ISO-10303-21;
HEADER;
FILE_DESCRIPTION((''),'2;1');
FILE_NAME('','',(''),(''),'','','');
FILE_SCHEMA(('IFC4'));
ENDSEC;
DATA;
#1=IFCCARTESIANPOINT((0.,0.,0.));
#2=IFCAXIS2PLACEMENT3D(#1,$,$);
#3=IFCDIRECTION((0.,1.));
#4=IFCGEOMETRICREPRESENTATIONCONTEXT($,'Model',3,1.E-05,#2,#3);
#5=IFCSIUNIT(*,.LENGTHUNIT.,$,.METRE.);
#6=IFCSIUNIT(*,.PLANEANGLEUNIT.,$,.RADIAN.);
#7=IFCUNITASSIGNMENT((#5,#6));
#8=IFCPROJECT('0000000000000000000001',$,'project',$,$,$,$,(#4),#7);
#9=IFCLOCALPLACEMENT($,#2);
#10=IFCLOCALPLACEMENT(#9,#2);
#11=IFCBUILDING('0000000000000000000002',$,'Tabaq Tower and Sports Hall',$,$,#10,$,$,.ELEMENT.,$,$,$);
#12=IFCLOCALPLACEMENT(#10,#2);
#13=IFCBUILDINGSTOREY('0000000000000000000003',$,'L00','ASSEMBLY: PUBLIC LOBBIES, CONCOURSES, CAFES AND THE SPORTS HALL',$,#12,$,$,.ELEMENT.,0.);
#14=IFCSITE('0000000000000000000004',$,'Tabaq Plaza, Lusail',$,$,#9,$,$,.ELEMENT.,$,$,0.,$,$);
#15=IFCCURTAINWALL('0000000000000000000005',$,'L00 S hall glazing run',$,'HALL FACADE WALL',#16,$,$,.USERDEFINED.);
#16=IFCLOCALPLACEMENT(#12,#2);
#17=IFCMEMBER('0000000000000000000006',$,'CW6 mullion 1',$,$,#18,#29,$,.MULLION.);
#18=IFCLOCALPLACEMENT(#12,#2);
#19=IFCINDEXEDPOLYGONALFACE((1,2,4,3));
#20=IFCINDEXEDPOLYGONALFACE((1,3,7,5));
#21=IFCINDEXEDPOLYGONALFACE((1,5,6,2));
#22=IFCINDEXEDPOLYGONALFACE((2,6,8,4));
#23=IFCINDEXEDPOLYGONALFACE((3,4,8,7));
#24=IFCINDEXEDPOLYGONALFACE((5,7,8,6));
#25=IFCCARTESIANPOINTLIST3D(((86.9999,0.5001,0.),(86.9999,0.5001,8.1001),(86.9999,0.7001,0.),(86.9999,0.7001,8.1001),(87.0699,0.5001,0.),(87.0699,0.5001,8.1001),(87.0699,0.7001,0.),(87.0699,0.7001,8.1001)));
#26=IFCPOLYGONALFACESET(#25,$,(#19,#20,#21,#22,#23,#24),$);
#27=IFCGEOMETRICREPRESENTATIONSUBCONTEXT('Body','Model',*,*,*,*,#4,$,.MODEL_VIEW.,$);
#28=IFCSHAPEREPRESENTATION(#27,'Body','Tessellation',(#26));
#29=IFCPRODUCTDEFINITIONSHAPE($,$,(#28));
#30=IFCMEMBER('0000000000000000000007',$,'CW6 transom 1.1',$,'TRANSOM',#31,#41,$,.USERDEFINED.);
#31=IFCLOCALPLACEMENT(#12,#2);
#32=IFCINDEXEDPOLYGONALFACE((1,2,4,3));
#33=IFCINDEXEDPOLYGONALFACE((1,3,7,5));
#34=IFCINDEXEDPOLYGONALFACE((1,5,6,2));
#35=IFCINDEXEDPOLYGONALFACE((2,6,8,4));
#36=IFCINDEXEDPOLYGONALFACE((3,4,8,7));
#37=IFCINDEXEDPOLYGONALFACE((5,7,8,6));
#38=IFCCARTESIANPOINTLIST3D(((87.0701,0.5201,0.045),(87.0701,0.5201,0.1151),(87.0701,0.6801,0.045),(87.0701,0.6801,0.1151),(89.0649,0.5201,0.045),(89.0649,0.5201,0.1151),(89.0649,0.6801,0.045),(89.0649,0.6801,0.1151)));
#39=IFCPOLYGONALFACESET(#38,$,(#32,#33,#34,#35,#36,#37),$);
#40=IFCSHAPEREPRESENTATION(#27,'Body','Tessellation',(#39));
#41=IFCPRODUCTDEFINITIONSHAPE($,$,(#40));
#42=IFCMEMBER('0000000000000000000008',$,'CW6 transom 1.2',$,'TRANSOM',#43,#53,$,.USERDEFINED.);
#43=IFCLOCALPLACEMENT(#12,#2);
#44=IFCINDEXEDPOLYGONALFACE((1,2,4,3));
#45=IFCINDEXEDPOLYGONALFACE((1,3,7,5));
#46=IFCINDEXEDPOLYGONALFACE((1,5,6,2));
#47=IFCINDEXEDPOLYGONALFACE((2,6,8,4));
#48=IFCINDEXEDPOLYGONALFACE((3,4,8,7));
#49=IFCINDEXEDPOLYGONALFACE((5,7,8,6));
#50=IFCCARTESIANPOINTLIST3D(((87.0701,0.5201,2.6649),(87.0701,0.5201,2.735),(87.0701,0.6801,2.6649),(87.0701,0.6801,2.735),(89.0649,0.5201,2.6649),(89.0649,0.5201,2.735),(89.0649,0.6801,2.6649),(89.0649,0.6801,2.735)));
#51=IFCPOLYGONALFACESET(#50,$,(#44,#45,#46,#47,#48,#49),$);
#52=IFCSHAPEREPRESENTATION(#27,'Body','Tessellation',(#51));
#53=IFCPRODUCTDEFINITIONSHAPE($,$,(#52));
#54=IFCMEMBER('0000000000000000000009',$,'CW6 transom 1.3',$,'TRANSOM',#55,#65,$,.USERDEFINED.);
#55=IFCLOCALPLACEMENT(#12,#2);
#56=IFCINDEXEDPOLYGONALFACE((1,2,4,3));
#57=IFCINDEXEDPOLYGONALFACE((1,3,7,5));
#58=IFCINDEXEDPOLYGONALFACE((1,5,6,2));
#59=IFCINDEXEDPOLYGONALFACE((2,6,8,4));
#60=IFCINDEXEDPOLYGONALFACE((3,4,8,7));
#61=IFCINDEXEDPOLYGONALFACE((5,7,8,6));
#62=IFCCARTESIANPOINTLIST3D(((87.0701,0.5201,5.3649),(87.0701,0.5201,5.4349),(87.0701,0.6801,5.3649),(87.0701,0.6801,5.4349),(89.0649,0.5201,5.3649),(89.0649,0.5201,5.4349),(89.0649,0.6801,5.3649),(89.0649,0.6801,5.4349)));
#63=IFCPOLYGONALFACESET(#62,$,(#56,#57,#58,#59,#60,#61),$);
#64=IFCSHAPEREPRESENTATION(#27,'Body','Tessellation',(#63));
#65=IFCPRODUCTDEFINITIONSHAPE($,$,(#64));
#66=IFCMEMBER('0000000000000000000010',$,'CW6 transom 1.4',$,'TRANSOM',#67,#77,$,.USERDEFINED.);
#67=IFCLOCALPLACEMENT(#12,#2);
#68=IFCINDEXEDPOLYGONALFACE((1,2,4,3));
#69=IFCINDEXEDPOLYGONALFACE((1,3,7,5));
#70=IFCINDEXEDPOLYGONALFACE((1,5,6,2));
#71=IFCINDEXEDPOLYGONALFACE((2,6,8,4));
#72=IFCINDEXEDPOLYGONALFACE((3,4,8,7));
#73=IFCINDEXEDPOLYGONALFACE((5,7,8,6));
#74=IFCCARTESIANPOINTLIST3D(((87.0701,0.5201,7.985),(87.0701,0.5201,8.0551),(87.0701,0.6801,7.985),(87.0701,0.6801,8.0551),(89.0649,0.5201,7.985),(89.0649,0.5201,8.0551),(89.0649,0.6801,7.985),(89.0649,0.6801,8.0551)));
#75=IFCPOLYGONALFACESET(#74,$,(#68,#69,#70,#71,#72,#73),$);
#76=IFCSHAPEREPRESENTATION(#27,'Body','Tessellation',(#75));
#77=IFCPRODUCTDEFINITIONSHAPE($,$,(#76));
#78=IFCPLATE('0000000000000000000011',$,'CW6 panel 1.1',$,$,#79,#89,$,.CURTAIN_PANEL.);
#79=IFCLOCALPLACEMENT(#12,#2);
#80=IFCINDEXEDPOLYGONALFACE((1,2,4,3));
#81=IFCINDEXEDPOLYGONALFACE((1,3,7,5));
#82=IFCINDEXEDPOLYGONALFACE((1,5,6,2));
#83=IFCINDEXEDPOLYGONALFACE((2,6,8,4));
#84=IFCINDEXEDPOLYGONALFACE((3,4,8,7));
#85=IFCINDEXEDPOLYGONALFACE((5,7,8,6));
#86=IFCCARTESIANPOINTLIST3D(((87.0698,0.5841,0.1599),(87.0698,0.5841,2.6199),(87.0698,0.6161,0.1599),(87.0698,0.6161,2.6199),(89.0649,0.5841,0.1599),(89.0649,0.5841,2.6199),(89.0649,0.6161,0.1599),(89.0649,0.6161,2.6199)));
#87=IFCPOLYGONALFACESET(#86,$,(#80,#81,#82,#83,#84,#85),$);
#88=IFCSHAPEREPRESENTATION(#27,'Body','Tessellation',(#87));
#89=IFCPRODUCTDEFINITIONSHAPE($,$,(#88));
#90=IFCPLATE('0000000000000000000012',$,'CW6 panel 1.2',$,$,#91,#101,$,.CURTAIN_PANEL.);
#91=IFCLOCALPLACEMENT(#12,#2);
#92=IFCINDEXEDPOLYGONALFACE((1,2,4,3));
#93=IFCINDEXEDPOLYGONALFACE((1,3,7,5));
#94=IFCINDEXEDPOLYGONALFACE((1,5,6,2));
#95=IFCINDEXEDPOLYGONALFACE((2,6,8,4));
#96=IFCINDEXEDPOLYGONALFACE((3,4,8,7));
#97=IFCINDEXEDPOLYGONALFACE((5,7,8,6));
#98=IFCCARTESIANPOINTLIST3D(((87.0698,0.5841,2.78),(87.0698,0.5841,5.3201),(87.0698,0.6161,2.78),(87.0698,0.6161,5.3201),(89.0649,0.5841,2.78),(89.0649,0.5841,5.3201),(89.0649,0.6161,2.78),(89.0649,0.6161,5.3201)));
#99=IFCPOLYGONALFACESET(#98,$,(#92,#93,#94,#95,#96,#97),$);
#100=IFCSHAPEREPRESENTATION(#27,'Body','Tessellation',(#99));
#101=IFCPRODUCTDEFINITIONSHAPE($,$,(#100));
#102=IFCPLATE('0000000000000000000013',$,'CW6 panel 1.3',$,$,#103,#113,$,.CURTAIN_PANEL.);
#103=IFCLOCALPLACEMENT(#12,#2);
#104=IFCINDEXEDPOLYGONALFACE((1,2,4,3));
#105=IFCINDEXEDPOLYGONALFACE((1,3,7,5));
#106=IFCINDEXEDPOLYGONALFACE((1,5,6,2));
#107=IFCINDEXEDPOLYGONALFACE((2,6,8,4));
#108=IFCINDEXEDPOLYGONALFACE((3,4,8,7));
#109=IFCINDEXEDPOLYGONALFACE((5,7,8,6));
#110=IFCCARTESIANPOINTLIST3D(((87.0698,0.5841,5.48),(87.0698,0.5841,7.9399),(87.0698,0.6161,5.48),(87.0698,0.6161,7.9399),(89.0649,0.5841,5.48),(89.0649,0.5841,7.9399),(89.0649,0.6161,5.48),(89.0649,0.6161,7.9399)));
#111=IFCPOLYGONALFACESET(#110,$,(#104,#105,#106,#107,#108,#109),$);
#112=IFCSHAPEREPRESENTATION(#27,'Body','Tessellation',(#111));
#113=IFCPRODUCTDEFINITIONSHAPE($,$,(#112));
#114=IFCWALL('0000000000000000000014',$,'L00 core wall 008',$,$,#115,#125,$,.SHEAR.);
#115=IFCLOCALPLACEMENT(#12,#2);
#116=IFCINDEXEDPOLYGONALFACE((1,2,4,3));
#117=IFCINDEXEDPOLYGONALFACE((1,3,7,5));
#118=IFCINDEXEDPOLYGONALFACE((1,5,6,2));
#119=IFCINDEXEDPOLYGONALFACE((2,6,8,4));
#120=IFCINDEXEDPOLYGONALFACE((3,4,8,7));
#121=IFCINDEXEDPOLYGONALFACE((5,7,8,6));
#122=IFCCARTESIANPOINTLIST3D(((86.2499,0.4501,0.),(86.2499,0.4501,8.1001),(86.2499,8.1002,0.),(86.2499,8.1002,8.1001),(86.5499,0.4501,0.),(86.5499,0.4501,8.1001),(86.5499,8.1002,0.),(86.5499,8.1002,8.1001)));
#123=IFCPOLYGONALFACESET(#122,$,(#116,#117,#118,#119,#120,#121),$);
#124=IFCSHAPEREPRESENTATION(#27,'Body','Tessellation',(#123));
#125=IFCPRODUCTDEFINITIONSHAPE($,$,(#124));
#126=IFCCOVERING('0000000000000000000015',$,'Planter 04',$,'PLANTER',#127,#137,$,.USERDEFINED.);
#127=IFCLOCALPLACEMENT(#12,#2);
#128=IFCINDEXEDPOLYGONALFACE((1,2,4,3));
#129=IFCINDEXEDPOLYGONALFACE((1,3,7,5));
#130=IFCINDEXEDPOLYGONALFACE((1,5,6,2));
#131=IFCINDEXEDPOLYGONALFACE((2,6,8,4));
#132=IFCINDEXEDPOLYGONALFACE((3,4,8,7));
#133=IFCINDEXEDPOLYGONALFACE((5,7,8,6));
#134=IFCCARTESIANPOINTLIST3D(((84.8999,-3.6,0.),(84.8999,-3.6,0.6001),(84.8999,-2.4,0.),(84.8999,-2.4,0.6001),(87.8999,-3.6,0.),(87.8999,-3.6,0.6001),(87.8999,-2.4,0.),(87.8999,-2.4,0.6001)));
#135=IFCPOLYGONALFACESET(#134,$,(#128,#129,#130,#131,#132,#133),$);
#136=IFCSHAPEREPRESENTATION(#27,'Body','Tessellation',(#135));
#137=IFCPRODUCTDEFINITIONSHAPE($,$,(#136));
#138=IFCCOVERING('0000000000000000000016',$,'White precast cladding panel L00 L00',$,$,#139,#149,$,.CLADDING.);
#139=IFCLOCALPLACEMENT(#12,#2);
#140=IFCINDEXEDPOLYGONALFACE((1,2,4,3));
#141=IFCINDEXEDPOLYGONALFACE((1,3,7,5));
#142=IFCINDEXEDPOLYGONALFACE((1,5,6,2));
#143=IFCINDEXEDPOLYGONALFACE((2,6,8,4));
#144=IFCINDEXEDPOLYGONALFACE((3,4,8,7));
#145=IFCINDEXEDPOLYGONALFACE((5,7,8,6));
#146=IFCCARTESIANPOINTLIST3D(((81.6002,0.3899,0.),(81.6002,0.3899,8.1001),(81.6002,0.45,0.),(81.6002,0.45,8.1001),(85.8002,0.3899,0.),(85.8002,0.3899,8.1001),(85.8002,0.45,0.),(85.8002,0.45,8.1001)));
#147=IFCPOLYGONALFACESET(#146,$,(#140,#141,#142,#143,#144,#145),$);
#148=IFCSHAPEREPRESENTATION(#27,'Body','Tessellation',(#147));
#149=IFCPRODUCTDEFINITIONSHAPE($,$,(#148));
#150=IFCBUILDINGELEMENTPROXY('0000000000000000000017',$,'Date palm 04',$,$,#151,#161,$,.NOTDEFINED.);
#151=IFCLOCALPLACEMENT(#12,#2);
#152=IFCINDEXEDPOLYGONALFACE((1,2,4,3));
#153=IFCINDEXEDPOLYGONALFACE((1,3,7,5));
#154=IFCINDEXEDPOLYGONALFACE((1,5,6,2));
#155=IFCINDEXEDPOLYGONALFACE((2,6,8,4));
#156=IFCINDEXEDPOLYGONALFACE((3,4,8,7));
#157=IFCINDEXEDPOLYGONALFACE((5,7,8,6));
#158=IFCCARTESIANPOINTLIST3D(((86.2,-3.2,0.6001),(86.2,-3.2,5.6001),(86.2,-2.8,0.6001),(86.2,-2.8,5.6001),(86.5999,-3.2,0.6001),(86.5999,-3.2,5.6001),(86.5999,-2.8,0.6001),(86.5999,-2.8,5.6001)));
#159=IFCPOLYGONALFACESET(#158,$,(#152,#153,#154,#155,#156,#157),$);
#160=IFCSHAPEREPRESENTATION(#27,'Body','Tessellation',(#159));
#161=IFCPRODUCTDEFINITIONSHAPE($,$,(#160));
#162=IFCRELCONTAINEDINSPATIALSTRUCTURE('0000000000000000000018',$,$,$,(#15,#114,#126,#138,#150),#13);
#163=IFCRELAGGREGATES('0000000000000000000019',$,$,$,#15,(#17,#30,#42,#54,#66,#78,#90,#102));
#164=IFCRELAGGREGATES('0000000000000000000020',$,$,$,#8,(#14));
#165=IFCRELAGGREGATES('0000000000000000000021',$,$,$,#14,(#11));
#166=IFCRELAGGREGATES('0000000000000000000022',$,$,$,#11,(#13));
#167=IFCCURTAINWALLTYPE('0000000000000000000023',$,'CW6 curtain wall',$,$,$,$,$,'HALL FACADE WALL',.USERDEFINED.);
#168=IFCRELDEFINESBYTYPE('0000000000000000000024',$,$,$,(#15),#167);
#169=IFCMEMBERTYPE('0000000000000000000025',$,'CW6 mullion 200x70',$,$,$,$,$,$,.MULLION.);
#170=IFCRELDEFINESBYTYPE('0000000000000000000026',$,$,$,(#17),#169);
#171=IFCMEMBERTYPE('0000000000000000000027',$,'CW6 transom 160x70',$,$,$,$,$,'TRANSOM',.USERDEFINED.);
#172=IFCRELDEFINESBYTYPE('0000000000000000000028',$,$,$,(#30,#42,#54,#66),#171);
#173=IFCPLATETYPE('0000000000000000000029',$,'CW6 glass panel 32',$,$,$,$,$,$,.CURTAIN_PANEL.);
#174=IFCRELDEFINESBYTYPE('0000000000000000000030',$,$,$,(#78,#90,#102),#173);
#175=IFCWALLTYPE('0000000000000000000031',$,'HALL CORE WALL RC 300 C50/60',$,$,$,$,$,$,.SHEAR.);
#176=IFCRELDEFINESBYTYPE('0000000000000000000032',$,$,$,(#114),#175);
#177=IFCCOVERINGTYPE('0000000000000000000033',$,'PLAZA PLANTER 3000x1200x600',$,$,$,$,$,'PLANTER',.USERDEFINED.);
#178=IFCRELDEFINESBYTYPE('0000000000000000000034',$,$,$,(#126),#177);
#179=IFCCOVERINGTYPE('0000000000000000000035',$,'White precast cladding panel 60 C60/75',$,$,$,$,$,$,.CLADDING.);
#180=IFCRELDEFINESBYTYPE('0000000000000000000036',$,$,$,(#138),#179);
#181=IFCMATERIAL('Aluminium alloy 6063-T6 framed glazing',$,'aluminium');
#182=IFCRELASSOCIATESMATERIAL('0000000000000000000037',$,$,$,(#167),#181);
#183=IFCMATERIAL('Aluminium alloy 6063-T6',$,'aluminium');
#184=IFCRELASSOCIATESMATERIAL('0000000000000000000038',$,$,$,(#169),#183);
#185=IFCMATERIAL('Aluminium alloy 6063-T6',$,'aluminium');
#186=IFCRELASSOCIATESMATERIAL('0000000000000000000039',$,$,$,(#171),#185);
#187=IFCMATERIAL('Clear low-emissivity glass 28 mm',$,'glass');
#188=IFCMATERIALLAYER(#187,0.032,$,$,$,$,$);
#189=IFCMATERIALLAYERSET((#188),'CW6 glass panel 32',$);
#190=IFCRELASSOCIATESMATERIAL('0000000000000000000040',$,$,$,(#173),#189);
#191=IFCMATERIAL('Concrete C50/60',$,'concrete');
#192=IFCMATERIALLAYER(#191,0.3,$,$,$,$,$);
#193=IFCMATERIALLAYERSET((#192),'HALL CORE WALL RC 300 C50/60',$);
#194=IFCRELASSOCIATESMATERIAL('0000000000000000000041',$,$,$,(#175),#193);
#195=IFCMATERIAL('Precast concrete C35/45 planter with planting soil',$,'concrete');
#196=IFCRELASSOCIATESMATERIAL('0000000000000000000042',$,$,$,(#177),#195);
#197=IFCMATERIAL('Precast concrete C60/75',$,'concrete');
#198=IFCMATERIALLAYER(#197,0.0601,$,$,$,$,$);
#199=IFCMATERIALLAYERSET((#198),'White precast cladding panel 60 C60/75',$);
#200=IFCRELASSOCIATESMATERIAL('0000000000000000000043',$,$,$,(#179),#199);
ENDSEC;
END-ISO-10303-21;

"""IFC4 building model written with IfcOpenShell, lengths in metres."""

from ifc_helpers import new_model, si_unit, direction, frame, frame_2d, origin, origin_2d, place, context, subcontext, project, spatial, rectangle, extrude, material, layer, layer_set, material_profile, profile_set, type_object, element, aggregate, save


model = new_model("IFC4")

# Units and contexts
model_context = context("Model", 3, precision=1e-05, world=origin(), true_north=direction((0.0, 1.0)))
body_context = subcontext(model_context, "Body", "Model", "MODEL_VIEW")
ifc_project = project(units=[si_unit("LENGTHUNIT", "METRE"), si_unit("PLANEANGLEUNIT", "RADIAN")], contexts=[model_context])

# Site, building, storey
site_placement = place(None, origin())
site = spatial("IfcSite", under=ifc_project, at=site_placement, Name="Tabaq Plaza, Lusail", CompositionType="ELEMENT", RefElevation=0.0)
building_placement = place(site_placement, origin())
building = spatial("IfcBuilding", under=site, at=building_placement, Name="Tabaq Tower and Sports Hall", CompositionType="ELEMENT")
storey_placement = place(building_placement, origin())
storey = spatial("IfcBuildingStorey", under=building, at=storey_placement, Name="L00", Description="ASSEMBLY: PUBLIC LOBBIES, CONCOURSES, CAFES AND THE SPORTS HALL", CompositionType="ELEMENT", Elevation=0.0)

# Curtain wall, members, plates
ifc_material_1 = material(Name="Aluminium alloy 6063-T6 framed glazing", Category="aluminium")
curtain_wall_type = type_object("IfcCurtainWallType", Name="CW6 curtain wall", ElementType="HALL FACADE WALL", PredefinedType="USERDEFINED", material=ifc_material_1)
curtain_wall_placement = place(storey_placement, origin())
curtain_wall = element("IfcCurtainWall", 1, at=curtain_wall_placement, inside=storey, type_object=curtain_wall_type, Name="L00 S hall glazing run", ObjectType="HALL FACADE WALL", PredefinedType="USERDEFINED")
ifc_material_2 = material(Name="Aluminium alloy 6063-T6", Category="aluminium")
ifc_material_profile_1 = material_profile(ifc_material_2, rectangle(XDim=0.2, YDim=0.0701, at=origin_2d()), Name="MULLION 200x70")
ifc_profile_set_1 = profile_set([ifc_material_profile_1], Name="Aluminium alloy 6063-T6")
member_type_1 = type_object("IfcMemberType", Name="CW6 mullion 200x70", PredefinedType="MULLION", material=ifc_profile_set_1)
member_1_placement = place(storey_placement, frame((87.0349, 0.6001, 0.0), z_axis=(0.0, 0.0, 1.0), x_axis=(0.0, 1.0, 0.0)))
member_1 = element("IfcMember", 2, at=member_1_placement, type_object=member_type_1, Name="CW6 mullion 1", PredefinedType="MULLION", context=body_context, shape_type="SweptSolid", body=[
    extrude(rectangle(XDim=0.2, YDim=0.0701, at=origin_2d()), origin(), (0.0, 0.0, 1.0), 8.1001),
])
ifc_material_3 = material(Name="Aluminium alloy 6063-T6", Category="aluminium")
ifc_material_profile_2 = material_profile(ifc_material_3, rectangle(XDim=0.1599, YDim=0.0701, at=origin_2d()), Name="TRANSOM 160x70")
ifc_profile_set_2 = profile_set([ifc_material_profile_2], Name="Aluminium alloy 6063-T6")
member_type_2 = type_object("IfcMemberType", Name="CW6 transom 160x70", ElementType="TRANSOM", PredefinedType="USERDEFINED", material=ifc_profile_set_2)
member_2_placement = place(storey_placement, frame((87.0701, 0.6001, 0.0801), z_axis=(1.0, 0.0, 0.0), x_axis=(0.0, 1.0, 0.0)))
member_2 = element("IfcMember", 3, at=member_2_placement, type_object=member_type_2, Name="CW6 transom 1.1", ObjectType="TRANSOM", PredefinedType="USERDEFINED", context=body_context, shape_type="SweptSolid", body=[
    extrude(rectangle(XDim=0.1599, YDim=0.0701, at=origin_2d()), origin(), (0.0, 0.0, 1.0), 1.9949),
])
member_3_placement = place(storey_placement, frame((87.0701, 0.6001, 2.7), z_axis=(1.0, 0.0, 0.0), x_axis=(0.0, 1.0, 0.0)))
member_3 = element("IfcMember", 4, at=member_3_placement, type_object=member_type_2, Name="CW6 transom 1.2", ObjectType="TRANSOM", PredefinedType="USERDEFINED", context=body_context, shape_type="SweptSolid", body=[
    extrude(rectangle(XDim=0.1599, YDim=0.0701, at=origin_2d()), origin(), (0.0, 0.0, 1.0), 1.9949),
])
member_4_placement = place(storey_placement, frame((87.0701, 0.6001, 5.3999), z_axis=(1.0, 0.0, 0.0), x_axis=(0.0, 1.0, 0.0)))
member_4 = element("IfcMember", 5, at=member_4_placement, type_object=member_type_2, Name="CW6 transom 1.3", ObjectType="TRANSOM", PredefinedType="USERDEFINED", context=body_context, shape_type="SweptSolid", body=[
    extrude(rectangle(XDim=0.1599, YDim=0.0701, at=origin_2d()), origin(), (0.0, 0.0, 1.0), 1.9949),
])
member_5_placement = place(storey_placement, frame((87.0701, 0.6001, 8.02), z_axis=(1.0, 0.0, 0.0), x_axis=(0.0, 1.0, 0.0)))
member_5 = element("IfcMember", 6, at=member_5_placement, type_object=member_type_2, Name="CW6 transom 1.4", ObjectType="TRANSOM", PredefinedType="USERDEFINED", context=body_context, shape_type="SweptSolid", body=[
    extrude(rectangle(XDim=0.1599, YDim=0.0701, at=origin_2d()), origin(), (0.0, 0.0, 1.0), 1.9949),
])
ifc_material_4 = material(Name="Clear low-emissivity glass 28 mm", Category="glass")
ifc_layer_1 = layer(ifc_material_4, 0.032)
ifc_layer_set_1 = layer_set([ifc_layer_1], Name="CW6 glass panel 32")
plate_type = type_object("IfcPlateType", Name="CW6 glass panel 32", PredefinedType="CURTAIN_PANEL", material=ifc_layer_set_1)
plate_1_placement = place(storey_placement, frame((88.0674, 0.6001, 0.1599), z_axis=(0.0, 0.0, 1.0), x_axis=(1.0, 0.0, 0.0)))
plate_1 = element("IfcPlate", 7, at=plate_1_placement, type_object=plate_type, Name="CW6 panel 1.1", PredefinedType="CURTAIN_PANEL", context=body_context, shape_type="SweptSolid", body=[
    extrude(rectangle(XDim=1.9951, YDim=0.032, at=origin_2d()), origin(), (0.0, 0.0, 1.0), 2.46),
])
plate_2_placement = place(storey_placement, frame((88.0674, 0.6001, 2.78), z_axis=(0.0, 0.0, 1.0), x_axis=(1.0, 0.0, 0.0)))
plate_2 = element("IfcPlate", 8, at=plate_2_placement, type_object=plate_type, Name="CW6 panel 1.2", PredefinedType="CURTAIN_PANEL", context=body_context, shape_type="SweptSolid", body=[
    extrude(rectangle(XDim=1.9951, YDim=0.032, at=origin_2d()), origin(), (0.0, 0.0, 1.0), 2.54),
])
plate_3_placement = place(storey_placement, frame((88.0674, 0.6001, 5.48), z_axis=(0.0, 0.0, 1.0), x_axis=(1.0, 0.0, 0.0)))
plate_3 = element("IfcPlate", 9, at=plate_3_placement, type_object=plate_type, Name="CW6 panel 1.3", PredefinedType="CURTAIN_PANEL", context=body_context, shape_type="SweptSolid", body=[
    extrude(rectangle(XDim=1.9951, YDim=0.032, at=origin_2d()), origin(), (0.0, 0.0, 1.0), 2.46),
])
aggregate(curtain_wall, [member_1, member_2, member_3, member_4, member_5, plate_1, plate_2, plate_3])

# Wall
ifc_material_5 = material(Name="Concrete C50/60", Category="concrete")
ifc_layer_2 = layer(ifc_material_5, 0.3)
ifc_layer_set_2 = layer_set([ifc_layer_2], Name="HALL CORE WALL RC 300 C50/60")
wall_type = type_object("IfcWallType", Name="HALL CORE WALL RC 300 C50/60", PredefinedType="SHEAR", material=ifc_layer_set_2)
wall_placement = place(storey_placement, frame((86.3999, 0.45, 0.0), z_axis=(0.0, 0.0, 1.0), x_axis=(0.0, 1.0, 0.0)))
element("IfcWall", 10, at=wall_placement, inside=storey, type_object=wall_type, Name="L00 core wall 008", PredefinedType="SHEAR", context=body_context, shape_type="SweptSolid", body=[
    extrude(rectangle(XDim=7.6501, YDim=0.3, at=frame_2d((3.8252, 0.0))), origin(), (0.0, 0.0, 1.0), 8.1001),
])

# Coverings
ifc_material_6 = material(Name="Precast concrete C35/45 planter with planting soil", Category="concrete")
covering_type_1 = type_object("IfcCoveringType", Name="PLAZA PLANTER 3000x1200x600", ElementType="PLANTER", PredefinedType="USERDEFINED", material=ifc_material_6)
covering_1_placement = place(storey_placement, frame((86.3999, -3.0, 0.0), z_axis=(0.0, 0.0, 1.0), x_axis=(1.0, 0.0, 0.0)))
element("IfcCovering", 11, at=covering_1_placement, inside=storey, type_object=covering_type_1, Name="Planter 04", ObjectType="PLANTER", PredefinedType="USERDEFINED", context=body_context, shape_type="SweptSolid", body=[
    extrude(rectangle(XDim=3.0, YDim=1.2, at=origin_2d()), origin(), (0.0, 0.0, 1.0), 0.6001),
])
ifc_material_7 = material(Name="Precast concrete C60/75", Category="concrete")
ifc_layer_3 = layer(ifc_material_7, 0.0601)
ifc_layer_set_3 = layer_set([ifc_layer_3], Name="White precast cladding panel 60 C60/75")
covering_type_2 = type_object("IfcCoveringType", Name="White precast cladding panel 60 C60/75", PredefinedType="CLADDING", material=ifc_layer_set_3)
covering_2_placement = place(storey_placement, frame((81.6001, 0.4199, 0.0), z_axis=(0.0, 0.0, 1.0), x_axis=(1.0, 0.0, 0.0)))
element("IfcCovering", 12, at=covering_2_placement, inside=storey, type_object=covering_type_2, Name="White precast cladding panel L00 L00", PredefinedType="CLADDING", context=body_context, shape_type="SweptSolid", body=[
    extrude(rectangle(XDim=4.2, YDim=0.0601, at=frame_2d((2.1001, 0.0))), origin(), (0.0, 0.0, 1.0), 8.1001),
])

# Building element proxy
proxy_placement = place(storey_placement, frame((86.3999, -3.0, 0.6001), z_axis=(0.0, 0.0, 1.0), x_axis=(1.0, 0.0, 0.0)))
element("IfcBuildingElementProxy", 13, at=proxy_placement, inside=storey, Name="Date palm 04", PredefinedType="NOTDEFINED", context=body_context, shape_type="SweptSolid", body=[
    extrude(rectangle(XDim=0.3999, YDim=0.3999, at=origin_2d()), origin(), (0.0, 0.0, 1.0), 5.0),
])

save(model, "model.ifc")
